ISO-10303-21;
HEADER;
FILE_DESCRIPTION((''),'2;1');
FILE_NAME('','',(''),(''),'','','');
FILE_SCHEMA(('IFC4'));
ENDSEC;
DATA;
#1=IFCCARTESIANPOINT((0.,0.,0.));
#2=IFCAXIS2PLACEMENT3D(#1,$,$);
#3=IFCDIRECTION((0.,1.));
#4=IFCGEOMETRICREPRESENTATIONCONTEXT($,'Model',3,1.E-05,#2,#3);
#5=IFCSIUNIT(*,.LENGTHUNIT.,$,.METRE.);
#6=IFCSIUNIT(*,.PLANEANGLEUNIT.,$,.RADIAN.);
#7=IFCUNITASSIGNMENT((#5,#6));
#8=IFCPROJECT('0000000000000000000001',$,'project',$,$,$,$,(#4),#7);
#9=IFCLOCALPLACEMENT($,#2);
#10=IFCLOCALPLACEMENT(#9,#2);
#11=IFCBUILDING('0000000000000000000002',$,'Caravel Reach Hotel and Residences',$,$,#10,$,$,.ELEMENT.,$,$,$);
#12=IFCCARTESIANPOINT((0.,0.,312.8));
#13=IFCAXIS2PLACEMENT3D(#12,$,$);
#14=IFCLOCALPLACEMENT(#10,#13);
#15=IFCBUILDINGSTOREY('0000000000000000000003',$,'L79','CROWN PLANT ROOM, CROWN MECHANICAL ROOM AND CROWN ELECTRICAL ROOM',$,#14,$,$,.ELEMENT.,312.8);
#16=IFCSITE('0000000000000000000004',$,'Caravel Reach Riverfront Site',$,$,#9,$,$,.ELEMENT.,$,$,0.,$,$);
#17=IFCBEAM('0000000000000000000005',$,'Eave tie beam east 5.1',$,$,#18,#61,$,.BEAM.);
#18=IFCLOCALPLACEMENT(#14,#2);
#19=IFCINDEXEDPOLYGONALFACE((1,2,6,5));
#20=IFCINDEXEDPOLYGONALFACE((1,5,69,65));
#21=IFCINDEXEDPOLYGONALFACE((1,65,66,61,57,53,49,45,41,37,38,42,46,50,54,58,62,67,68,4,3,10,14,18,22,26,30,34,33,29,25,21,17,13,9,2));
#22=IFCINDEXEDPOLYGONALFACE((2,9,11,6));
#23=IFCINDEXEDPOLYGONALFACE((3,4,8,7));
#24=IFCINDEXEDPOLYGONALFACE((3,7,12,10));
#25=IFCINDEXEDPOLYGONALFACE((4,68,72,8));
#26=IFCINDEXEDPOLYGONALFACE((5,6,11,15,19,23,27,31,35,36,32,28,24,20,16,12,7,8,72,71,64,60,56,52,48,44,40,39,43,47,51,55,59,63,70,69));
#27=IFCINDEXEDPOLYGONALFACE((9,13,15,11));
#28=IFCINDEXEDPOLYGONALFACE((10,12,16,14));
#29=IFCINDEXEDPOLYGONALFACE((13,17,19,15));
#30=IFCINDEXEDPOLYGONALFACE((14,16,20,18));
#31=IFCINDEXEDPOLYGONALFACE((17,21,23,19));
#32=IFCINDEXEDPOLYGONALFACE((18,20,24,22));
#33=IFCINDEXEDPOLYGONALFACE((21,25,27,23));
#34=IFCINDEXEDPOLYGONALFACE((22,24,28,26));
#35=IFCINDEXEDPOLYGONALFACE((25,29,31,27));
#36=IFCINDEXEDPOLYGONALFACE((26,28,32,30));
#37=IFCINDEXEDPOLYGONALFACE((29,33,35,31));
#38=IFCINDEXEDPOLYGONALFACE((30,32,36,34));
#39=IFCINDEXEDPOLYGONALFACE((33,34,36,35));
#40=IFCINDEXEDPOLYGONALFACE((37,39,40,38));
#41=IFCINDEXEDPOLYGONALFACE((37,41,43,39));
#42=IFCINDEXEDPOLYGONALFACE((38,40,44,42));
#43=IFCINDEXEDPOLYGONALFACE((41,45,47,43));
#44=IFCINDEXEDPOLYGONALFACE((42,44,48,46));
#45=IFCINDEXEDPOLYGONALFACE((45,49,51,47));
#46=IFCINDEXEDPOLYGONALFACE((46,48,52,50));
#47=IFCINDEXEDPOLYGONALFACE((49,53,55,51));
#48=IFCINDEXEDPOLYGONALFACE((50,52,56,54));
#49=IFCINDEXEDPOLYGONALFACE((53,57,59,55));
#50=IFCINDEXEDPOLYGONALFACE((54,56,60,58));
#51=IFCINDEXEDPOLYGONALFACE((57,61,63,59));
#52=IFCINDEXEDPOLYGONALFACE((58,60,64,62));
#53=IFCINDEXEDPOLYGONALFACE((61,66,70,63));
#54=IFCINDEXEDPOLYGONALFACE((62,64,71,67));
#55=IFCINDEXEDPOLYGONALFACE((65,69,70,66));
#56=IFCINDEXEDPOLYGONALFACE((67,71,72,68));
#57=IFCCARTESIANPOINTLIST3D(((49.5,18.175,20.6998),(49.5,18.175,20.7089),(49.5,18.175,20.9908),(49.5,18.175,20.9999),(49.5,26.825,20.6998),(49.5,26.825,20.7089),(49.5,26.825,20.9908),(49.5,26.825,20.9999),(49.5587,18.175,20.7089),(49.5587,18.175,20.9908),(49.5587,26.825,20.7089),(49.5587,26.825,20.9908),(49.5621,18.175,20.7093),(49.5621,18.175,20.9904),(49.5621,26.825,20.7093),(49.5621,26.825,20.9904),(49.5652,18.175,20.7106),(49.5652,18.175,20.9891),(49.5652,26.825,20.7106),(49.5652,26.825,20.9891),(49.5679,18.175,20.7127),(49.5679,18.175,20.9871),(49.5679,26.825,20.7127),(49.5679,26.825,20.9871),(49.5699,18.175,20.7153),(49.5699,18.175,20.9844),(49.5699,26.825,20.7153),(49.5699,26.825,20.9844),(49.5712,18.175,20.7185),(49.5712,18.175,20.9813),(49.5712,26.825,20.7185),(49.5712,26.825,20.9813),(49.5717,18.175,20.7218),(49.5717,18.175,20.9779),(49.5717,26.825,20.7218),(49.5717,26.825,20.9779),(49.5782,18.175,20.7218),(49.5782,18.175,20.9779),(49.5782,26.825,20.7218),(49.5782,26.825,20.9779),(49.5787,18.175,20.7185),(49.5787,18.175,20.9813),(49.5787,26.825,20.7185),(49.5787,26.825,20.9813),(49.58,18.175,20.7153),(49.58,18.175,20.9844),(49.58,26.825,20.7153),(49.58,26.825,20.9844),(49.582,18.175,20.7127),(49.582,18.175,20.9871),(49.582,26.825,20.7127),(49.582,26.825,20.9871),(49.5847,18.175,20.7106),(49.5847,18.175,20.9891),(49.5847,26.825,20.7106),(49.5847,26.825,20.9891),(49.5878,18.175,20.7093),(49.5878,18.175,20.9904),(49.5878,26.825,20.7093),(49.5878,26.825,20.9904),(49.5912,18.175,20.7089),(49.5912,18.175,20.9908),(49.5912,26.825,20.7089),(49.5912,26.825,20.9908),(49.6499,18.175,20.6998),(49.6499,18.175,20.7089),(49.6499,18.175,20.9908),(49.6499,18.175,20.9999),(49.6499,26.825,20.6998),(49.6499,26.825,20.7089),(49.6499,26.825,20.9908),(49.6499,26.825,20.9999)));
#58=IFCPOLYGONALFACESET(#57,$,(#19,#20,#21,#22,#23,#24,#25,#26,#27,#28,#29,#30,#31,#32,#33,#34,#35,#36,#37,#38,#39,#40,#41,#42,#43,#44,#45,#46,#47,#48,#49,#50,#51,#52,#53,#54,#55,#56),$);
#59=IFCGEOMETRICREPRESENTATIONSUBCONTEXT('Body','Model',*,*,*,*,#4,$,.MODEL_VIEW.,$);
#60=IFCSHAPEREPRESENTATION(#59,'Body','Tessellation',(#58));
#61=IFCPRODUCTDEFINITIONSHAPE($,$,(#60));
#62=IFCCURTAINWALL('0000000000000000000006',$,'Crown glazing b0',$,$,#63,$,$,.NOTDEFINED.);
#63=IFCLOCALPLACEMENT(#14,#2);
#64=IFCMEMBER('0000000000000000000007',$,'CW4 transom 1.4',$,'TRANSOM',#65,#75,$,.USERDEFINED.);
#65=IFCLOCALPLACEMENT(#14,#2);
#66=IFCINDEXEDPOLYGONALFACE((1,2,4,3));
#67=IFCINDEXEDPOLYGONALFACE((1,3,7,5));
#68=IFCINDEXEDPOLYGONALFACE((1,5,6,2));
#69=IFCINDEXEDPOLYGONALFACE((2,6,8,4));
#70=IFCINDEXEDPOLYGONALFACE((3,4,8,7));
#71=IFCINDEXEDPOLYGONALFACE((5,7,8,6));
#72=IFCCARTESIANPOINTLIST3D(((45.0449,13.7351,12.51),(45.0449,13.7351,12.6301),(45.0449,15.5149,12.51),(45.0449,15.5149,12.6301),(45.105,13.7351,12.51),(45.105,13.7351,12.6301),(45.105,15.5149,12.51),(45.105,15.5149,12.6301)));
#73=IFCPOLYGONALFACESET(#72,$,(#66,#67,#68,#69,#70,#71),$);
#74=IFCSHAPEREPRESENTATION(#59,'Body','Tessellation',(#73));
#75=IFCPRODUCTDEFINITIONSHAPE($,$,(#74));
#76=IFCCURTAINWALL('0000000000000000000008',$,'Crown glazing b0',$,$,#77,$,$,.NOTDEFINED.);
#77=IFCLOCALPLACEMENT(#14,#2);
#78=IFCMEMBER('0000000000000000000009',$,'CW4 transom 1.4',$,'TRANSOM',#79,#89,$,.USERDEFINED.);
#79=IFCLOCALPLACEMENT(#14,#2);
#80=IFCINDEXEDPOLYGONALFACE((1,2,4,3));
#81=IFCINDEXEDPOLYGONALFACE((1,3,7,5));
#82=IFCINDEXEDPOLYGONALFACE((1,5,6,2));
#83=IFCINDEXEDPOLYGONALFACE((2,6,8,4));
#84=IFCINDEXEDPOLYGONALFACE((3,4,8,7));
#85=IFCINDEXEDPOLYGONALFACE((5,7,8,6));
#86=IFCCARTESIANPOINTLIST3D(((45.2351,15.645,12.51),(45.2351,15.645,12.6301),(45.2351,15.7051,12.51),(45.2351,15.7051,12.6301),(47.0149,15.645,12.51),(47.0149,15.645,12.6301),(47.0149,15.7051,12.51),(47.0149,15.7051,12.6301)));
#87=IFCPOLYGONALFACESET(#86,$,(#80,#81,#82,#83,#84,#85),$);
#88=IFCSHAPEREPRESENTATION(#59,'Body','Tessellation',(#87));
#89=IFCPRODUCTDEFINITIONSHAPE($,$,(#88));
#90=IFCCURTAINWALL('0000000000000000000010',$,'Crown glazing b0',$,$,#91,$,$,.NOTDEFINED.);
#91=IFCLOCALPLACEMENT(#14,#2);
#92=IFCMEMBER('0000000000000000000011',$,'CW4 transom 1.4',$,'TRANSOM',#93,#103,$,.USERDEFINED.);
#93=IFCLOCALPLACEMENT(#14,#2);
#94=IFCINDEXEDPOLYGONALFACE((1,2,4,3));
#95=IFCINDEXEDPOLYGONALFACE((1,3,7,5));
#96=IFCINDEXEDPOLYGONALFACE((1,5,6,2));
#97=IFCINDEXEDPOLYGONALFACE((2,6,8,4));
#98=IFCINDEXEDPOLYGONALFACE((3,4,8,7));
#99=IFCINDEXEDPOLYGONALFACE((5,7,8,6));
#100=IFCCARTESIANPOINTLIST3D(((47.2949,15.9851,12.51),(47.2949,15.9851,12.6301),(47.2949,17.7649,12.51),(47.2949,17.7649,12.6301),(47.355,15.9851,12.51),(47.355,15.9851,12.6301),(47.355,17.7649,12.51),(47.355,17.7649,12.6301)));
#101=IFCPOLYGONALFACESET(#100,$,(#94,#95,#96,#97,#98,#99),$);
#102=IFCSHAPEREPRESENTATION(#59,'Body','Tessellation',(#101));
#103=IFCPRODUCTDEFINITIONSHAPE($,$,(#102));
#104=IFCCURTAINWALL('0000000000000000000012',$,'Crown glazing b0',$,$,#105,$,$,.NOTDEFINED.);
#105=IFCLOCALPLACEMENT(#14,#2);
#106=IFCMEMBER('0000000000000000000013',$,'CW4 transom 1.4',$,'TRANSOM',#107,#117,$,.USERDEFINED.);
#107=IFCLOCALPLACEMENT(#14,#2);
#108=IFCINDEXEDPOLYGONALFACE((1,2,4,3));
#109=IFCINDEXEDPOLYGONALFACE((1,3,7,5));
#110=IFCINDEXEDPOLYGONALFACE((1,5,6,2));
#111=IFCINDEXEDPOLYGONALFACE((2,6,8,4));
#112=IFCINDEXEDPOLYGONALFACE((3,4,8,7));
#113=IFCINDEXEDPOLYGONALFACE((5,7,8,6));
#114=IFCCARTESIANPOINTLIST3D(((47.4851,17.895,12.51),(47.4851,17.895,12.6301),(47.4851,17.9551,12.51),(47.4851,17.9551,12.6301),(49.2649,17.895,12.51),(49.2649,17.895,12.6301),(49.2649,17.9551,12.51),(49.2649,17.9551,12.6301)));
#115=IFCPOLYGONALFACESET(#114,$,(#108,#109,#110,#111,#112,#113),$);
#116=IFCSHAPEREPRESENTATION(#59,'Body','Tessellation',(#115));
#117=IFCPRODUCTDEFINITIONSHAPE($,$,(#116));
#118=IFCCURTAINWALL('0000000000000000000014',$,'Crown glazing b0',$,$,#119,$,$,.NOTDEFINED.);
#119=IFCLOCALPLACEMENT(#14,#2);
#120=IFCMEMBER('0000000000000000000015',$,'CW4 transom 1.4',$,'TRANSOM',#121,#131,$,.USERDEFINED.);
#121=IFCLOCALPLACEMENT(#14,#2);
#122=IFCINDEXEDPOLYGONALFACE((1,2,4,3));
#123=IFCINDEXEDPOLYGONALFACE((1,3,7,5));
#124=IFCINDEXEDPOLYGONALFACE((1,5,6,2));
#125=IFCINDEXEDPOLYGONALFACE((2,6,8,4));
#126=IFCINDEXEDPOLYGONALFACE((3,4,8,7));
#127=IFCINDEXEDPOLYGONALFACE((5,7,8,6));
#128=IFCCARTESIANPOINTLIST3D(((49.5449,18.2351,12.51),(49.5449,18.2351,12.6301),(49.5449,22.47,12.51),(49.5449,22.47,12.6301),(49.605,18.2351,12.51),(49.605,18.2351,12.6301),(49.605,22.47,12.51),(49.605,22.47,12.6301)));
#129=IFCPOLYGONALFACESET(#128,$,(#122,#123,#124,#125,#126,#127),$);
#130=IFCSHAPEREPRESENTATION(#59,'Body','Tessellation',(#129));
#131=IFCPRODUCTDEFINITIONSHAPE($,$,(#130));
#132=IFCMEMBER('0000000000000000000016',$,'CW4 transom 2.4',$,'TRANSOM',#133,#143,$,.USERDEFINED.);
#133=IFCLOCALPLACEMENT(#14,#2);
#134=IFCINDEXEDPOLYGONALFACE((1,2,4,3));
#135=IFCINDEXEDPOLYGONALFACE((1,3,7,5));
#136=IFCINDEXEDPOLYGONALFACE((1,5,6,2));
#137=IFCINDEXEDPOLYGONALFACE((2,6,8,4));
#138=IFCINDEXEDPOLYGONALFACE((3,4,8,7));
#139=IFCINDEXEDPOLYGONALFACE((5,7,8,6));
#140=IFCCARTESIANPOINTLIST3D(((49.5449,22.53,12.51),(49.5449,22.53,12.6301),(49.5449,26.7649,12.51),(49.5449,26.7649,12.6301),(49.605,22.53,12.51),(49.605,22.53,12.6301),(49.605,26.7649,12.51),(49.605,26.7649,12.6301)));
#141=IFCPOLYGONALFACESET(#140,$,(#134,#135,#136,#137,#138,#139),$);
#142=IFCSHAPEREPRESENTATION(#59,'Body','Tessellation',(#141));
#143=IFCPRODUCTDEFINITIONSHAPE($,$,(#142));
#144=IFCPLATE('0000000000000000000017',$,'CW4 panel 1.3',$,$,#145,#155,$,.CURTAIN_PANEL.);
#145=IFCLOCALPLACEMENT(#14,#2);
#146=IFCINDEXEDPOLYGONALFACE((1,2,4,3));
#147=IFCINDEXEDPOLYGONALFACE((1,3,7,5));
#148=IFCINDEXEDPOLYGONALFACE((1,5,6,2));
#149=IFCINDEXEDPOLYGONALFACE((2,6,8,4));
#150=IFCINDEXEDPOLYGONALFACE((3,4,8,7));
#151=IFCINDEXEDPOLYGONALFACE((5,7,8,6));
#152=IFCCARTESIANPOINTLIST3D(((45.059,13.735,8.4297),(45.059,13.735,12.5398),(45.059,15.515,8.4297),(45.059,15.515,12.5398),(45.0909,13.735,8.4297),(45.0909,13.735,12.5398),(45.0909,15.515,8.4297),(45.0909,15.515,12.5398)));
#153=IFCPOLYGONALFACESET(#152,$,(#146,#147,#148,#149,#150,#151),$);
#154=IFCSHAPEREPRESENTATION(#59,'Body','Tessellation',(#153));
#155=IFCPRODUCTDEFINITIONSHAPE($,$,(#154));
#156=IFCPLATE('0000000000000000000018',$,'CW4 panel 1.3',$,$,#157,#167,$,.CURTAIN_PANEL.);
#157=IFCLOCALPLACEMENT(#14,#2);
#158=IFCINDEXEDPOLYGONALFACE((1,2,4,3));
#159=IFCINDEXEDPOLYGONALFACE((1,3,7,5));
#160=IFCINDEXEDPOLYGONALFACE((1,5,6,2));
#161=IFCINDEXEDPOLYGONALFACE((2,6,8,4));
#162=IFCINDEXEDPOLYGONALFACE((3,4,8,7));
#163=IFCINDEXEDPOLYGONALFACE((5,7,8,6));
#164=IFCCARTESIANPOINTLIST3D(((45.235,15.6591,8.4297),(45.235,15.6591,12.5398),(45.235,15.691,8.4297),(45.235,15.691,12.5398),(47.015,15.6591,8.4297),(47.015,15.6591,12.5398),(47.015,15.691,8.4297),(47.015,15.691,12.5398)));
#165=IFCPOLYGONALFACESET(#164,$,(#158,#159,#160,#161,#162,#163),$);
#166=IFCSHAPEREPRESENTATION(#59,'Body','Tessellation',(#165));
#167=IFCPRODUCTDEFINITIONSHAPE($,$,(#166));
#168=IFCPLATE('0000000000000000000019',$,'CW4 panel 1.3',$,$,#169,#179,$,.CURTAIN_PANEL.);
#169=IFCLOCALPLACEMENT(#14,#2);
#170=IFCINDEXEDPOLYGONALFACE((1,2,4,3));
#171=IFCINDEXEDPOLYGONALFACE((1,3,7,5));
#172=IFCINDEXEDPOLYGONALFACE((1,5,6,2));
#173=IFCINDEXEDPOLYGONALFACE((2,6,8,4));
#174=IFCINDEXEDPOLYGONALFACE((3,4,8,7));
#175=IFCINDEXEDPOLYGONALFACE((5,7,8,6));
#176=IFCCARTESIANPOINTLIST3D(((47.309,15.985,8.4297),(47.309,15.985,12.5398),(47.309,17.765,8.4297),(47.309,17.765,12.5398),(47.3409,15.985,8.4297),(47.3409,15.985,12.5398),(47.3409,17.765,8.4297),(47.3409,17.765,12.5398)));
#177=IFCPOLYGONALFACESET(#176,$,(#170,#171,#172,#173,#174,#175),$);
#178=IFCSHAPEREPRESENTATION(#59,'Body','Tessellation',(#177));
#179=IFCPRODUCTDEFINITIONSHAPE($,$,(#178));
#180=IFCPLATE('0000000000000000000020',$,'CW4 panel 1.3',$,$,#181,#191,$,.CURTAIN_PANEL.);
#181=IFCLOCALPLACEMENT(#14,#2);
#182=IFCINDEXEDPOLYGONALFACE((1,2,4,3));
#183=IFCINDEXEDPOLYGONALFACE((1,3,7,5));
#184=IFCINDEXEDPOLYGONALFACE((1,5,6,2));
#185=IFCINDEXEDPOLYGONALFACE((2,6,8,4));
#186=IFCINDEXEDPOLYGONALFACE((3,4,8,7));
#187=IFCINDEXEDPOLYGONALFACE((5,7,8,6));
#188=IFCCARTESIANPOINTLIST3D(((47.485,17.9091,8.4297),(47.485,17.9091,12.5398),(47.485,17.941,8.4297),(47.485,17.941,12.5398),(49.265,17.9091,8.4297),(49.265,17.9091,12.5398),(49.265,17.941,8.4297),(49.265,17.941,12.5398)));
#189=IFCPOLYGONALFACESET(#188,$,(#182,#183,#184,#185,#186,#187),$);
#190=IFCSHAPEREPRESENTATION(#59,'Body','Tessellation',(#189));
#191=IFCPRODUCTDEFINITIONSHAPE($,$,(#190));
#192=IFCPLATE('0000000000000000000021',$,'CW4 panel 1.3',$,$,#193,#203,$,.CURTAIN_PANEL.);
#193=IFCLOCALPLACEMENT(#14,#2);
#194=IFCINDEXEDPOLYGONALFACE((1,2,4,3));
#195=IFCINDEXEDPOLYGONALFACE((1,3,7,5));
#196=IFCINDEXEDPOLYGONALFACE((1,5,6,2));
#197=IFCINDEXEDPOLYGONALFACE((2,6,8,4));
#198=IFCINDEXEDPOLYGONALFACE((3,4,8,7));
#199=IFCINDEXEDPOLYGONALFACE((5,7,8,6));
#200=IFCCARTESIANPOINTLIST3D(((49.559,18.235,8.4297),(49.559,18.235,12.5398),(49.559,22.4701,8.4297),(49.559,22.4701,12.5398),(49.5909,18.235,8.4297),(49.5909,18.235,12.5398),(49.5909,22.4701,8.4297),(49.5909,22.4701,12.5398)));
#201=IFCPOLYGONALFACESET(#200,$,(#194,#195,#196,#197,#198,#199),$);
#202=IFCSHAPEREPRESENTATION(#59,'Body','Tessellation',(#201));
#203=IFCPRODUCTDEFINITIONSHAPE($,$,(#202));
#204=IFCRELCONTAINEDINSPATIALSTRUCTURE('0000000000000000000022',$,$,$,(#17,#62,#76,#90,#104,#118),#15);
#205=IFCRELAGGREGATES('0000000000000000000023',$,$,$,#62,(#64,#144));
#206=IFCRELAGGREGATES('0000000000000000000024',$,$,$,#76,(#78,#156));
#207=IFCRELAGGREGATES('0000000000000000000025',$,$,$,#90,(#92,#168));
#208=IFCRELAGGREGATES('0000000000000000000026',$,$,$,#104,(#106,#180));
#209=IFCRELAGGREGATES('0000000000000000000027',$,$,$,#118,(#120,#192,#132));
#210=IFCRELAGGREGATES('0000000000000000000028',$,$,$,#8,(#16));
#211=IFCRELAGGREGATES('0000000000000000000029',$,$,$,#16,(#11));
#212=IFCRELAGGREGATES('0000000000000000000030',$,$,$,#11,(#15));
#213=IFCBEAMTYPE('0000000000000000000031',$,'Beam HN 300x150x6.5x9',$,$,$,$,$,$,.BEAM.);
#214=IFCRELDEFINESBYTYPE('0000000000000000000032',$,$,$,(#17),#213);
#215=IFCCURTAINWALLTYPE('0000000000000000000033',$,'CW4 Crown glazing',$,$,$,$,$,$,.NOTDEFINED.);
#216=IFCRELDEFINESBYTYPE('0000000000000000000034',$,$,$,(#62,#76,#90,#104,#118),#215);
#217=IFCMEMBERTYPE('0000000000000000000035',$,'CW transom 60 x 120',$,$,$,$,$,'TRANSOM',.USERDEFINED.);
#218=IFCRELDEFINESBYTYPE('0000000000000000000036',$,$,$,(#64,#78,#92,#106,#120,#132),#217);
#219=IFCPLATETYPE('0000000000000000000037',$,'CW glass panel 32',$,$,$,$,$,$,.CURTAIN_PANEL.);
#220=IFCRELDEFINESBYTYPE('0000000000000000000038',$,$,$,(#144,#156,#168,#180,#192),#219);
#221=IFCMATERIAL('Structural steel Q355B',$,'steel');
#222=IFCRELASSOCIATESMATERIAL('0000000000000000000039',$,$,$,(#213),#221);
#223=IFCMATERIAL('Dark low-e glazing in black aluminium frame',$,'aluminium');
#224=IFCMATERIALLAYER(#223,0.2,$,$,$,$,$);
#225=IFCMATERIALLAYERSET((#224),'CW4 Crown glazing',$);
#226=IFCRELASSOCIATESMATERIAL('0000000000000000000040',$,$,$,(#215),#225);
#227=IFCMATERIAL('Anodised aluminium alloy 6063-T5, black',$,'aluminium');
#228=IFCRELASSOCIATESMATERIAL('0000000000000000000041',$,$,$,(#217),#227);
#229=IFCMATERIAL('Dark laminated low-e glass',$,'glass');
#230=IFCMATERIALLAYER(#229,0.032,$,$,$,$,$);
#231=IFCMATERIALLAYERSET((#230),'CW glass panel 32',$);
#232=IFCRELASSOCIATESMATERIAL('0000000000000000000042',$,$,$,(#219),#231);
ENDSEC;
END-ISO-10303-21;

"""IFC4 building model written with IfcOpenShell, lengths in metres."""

from ifc_helpers import new_model, si_unit, direction, frame, origin, origin_2d, place, context, subcontext, project, spatial, rectangle, i_section, extrude, material, layer, layer_set, material_profile, profile_set, type_object, element, aggregate, save


model = new_model("IFC4")

# Units and contexts
model_context = context("Model", 3, precision=1e-05, world=origin(), true_north=direction((0.0, 1.0)))
body_context = subcontext(model_context, "Body", "Model", "MODEL_VIEW")
ifc_project = project(units=[si_unit("LENGTHUNIT", "METRE"), si_unit("PLANEANGLEUNIT", "RADIAN")], contexts=[model_context])

# Site, building, storey
site_placement = place(None, origin())
site = spatial("IfcSite", under=ifc_project, at=site_placement, Name="Caravel Reach Riverfront Site", CompositionType="ELEMENT", RefElevation=0.0)
building_placement = place(site_placement, origin())
building = spatial("IfcBuilding", under=site, at=building_placement, Name="Caravel Reach Hotel and Residences", CompositionType="ELEMENT")
storey_placement = place(building_placement, frame((0.0, 0.0, 312.8)))
storey = spatial("IfcBuildingStorey", under=building, at=storey_placement, Name="L79", Description="CROWN PLANT ROOM, CROWN MECHANICAL ROOM AND CROWN ELECTRICAL ROOM", CompositionType="ELEMENT", Elevation=312.8)

# Beam
ifc_material_1 = material(Name="Structural steel Q355B", Category="steel")
ifc_material_profile_1 = material_profile(ifc_material_1, i_section(OverallWidth=0.1499, OverallDepth=0.3, WebThickness=0.0066, FlangeThickness=0.009, FilletRadius=0.0129, at=origin_2d()), Name="HN 300x150x6.5x9")
ifc_profile_set_1 = profile_set([ifc_material_profile_1], Name="Structural steel Q355B")
beam_type = type_object("IfcBeamType", Name="Beam HN 300x150x6.5x9", PredefinedType="BEAM", material=ifc_profile_set_1)
beam_placement = place(storey_placement, frame((49.575, 18.175, 20.8499), z_axis=(0.0, 1.0, 0.0), x_axis=(-1.0, 0.0, 0.0)))
element("IfcBeam", 1, at=beam_placement, inside=storey, type_object=beam_type, Name="Eave tie beam east 5.1", PredefinedType="BEAM", context=body_context, shape_type="SweptSolid", body=[
    extrude(i_section(OverallWidth=0.1499, OverallDepth=0.3, WebThickness=0.0066, FlangeThickness=0.009, FilletRadius=0.0129, at=origin_2d()), origin(), (0.0, 0.0, 1.0), 8.6499),
])

# Curtain walls, members
ifc_material_2 = material(Name="Dark low-e glazing in black aluminium frame", Category="aluminium")
ifc_layer_1 = layer(ifc_material_2, 0.2)
ifc_layer_set_1 = layer_set([ifc_layer_1], Name="CW4 Crown glazing")
curtain_wall_type = type_object("IfcCurtainWallType", Name="CW4 Crown glazing", PredefinedType="NOTDEFINED", material=ifc_layer_set_1)
curtain_wall_1_placement = place(storey_placement, origin())
curtain_wall_1 = element("IfcCurtainWall", 2, at=curtain_wall_1_placement, inside=storey, type_object=curtain_wall_type, Name="Crown glazing b0", PredefinedType="NOTDEFINED")
ifc_material_3 = material(Name="Anodised aluminium alloy 6063-T5, black", Category="aluminium")
ifc_material_profile_2 = material_profile(ifc_material_3, rectangle(XDim=0.0601, YDim=0.1201, at=origin_2d()), Name="CW transom 60 x 120")
ifc_profile_set_2 = profile_set([ifc_material_profile_2], Name="Anodised aluminium alloy 6063-T5, black")
member_type = type_object("IfcMemberType", Name="CW transom 60 x 120", ElementType="TRANSOM", PredefinedType="USERDEFINED", material=ifc_profile_set_2)
member_1_placement = place(storey_placement, frame((45.075, 13.7351, 12.5701), z_axis=(0.0, 1.0, 0.0), x_axis=(-1.0, 0.0, 0.0)))
member_1 = element("IfcMember", 3, at=member_1_placement, type_object=member_type, Name="CW4 transom 1.4", ObjectType="TRANSOM", PredefinedType="USERDEFINED", context=body_context, shape_type="SweptSolid", body=[
    extrude(rectangle(XDim=0.0601, YDim=0.1201, at=origin_2d()), origin(), (0.0, 0.0, 1.0), 1.7798),
])
curtain_wall_2_placement = place(storey_placement, origin())
curtain_wall_2 = element("IfcCurtainWall", 4, at=curtain_wall_2_placement, inside=storey, type_object=curtain_wall_type, Name="Crown glazing b0", PredefinedType="NOTDEFINED")
member_2_placement = place(storey_placement, frame((45.2351, 15.675, 12.5701), z_axis=(1.0, 0.0, 0.0), x_axis=(0.0, 1.0, 0.0)))
member_2 = element("IfcMember", 5, at=member_2_placement, type_object=member_type, Name="CW4 transom 1.4", ObjectType="TRANSOM", PredefinedType="USERDEFINED", context=body_context, shape_type="SweptSolid", body=[
    extrude(rectangle(XDim=0.0601, YDim=0.1201, at=origin_2d()), origin(), (0.0, 0.0, 1.0), 1.7798),
])
curtain_wall_3_placement = place(storey_placement, origin())
curtain_wall_3 = element("IfcCurtainWall", 6, at=curtain_wall_3_placement, inside=storey, type_object=curtain_wall_type, Name="Crown glazing b0", PredefinedType="NOTDEFINED")
member_3_placement = place(storey_placement, frame((47.325, 15.9851, 12.5701), z_axis=(0.0, 1.0, 0.0), x_axis=(-1.0, 0.0, 0.0)))
member_3 = element("IfcMember", 7, at=member_3_placement, type_object=member_type, Name="CW4 transom 1.4", ObjectType="TRANSOM", PredefinedType="USERDEFINED", context=body_context, shape_type="SweptSolid", body=[
    extrude(rectangle(XDim=0.0601, YDim=0.1201, at=origin_2d()), origin(), (0.0, 0.0, 1.0), 1.7798),
])
curtain_wall_4_placement = place(storey_placement, origin())
curtain_wall_4 = element("IfcCurtainWall", 8, at=curtain_wall_4_placement, inside=storey, type_object=curtain_wall_type, Name="Crown glazing b0", PredefinedType="NOTDEFINED")
member_4_placement = place(storey_placement, frame((47.4851, 17.925, 12.5701), z_axis=(1.0, 0.0, 0.0), x_axis=(0.0, 1.0, 0.0)))
member_4 = element("IfcMember", 9, at=member_4_placement, type_object=member_type, Name="CW4 transom 1.4", ObjectType="TRANSOM", PredefinedType="USERDEFINED", context=body_context, shape_type="SweptSolid", body=[
    extrude(rectangle(XDim=0.0601, YDim=0.1201, at=origin_2d()), origin(), (0.0, 0.0, 1.0), 1.7798),
])

# Curtain wall, members
curtain_wall_5_placement = place(storey_placement, origin())
curtain_wall_5 = element("IfcCurtainWall", 10, at=curtain_wall_5_placement, inside=storey, type_object=curtain_wall_type, Name="Crown glazing b0", PredefinedType="NOTDEFINED")
member_5_placement = place(storey_placement, frame((49.575, 18.2351, 12.5701), z_axis=(0.0, 1.0, 0.0), x_axis=(-1.0, 0.0, 0.0)))
member_5 = element("IfcMember", 11, at=member_5_placement, type_object=member_type, Name="CW4 transom 1.4", ObjectType="TRANSOM", PredefinedType="USERDEFINED", context=body_context, shape_type="SweptSolid", body=[
    extrude(rectangle(XDim=0.0601, YDim=0.1201, at=origin_2d()), origin(), (0.0, 0.0, 1.0), 4.2349),
])
member_6_placement = place(storey_placement, frame((49.575, 22.53, 12.5701), z_axis=(0.0, 1.0, 0.0), x_axis=(-1.0, 0.0, 0.0)))
member_6 = element("IfcMember", 12, at=member_6_placement, type_object=member_type, Name="CW4 transom 2.4", ObjectType="TRANSOM", PredefinedType="USERDEFINED", context=body_context, shape_type="SweptSolid", body=[
    extrude(rectangle(XDim=0.0601, YDim=0.1201, at=origin_2d()), origin(), (0.0, 0.0, 1.0), 4.2349),
])

# Plates
ifc_material_4 = material(Name="Dark laminated low-e glass", Category="glass")
ifc_layer_2 = layer(ifc_material_4, 0.032)
ifc_layer_set_2 = layer_set([ifc_layer_2], Name="CW glass panel 32")
plate_type = type_object("IfcPlateType", Name="CW glass panel 32", PredefinedType="CURTAIN_PANEL", material=ifc_layer_set_2)
plate_1_placement = place(storey_placement, frame((45.075, 14.625, 8.4297), z_axis=(0.0, 0.0, 1.0), x_axis=(0.0, 1.0, 0.0)))
plate_1 = element("IfcPlate", 13, at=plate_1_placement, type_object=plate_type, Name="CW4 panel 1.3", PredefinedType="CURTAIN_PANEL", context=body_context, shape_type="SweptSolid", body=[
    extrude(rectangle(XDim=1.78, YDim=0.032, at=origin_2d()), origin(), (0.0, 0.0, 1.0), 4.1101),
])
aggregate(curtain_wall_1, [member_1, plate_1])
plate_2_placement = place(storey_placement, frame((46.125, 15.675, 8.4297), z_axis=(0.0, 0.0, 1.0), x_axis=(1.0, 0.0, 0.0)))
plate_2 = element("IfcPlate", 14, at=plate_2_placement, type_object=plate_type, Name="CW4 panel 1.3", PredefinedType="CURTAIN_PANEL", context=body_context, shape_type="SweptSolid", body=[
    extrude(rectangle(XDim=1.78, YDim=0.032, at=origin_2d()), origin(), (0.0, 0.0, 1.0), 4.1101),
])
aggregate(curtain_wall_2, [member_2, plate_2])
plate_3_placement = place(storey_placement, frame((47.325, 16.875, 8.4297), z_axis=(0.0, 0.0, 1.0), x_axis=(0.0, 1.0, 0.0)))
plate_3 = element("IfcPlate", 15, at=plate_3_placement, type_object=plate_type, Name="CW4 panel 1.3", PredefinedType="CURTAIN_PANEL", context=body_context, shape_type="SweptSolid", body=[
    extrude(rectangle(XDim=1.78, YDim=0.032, at=origin_2d()), origin(), (0.0, 0.0, 1.0), 4.1101),
])
aggregate(curtain_wall_3, [member_3, plate_3])
plate_4_placement = place(storey_placement, frame((48.375, 17.925, 8.4297), z_axis=(0.0, 0.0, 1.0), x_axis=(1.0, 0.0, 0.0)))
plate_4 = element("IfcPlate", 16, at=plate_4_placement, type_object=plate_type, Name="CW4 panel 1.3", PredefinedType="CURTAIN_PANEL", context=body_context, shape_type="SweptSolid", body=[
    extrude(rectangle(XDim=1.78, YDim=0.032, at=origin_2d()), origin(), (0.0, 0.0, 1.0), 4.1101),
])
aggregate(curtain_wall_4, [member_4, plate_4])
plate_5_placement = place(storey_placement, frame((49.575, 20.3525, 8.4297), z_axis=(0.0, 0.0, 1.0), x_axis=(0.0, 1.0, 0.0)))
plate_5 = element("IfcPlate", 17, at=plate_5_placement, type_object=plate_type, Name="CW4 panel 1.3", PredefinedType="CURTAIN_PANEL", context=body_context, shape_type="SweptSolid", body=[
    extrude(rectangle(XDim=4.2351, YDim=0.032, at=origin_2d()), origin(), (0.0, 0.0, 1.0), 4.1101),
])
aggregate(curtain_wall_5, [member_5, plate_5, member_6])

save(model, "model.ifc")
